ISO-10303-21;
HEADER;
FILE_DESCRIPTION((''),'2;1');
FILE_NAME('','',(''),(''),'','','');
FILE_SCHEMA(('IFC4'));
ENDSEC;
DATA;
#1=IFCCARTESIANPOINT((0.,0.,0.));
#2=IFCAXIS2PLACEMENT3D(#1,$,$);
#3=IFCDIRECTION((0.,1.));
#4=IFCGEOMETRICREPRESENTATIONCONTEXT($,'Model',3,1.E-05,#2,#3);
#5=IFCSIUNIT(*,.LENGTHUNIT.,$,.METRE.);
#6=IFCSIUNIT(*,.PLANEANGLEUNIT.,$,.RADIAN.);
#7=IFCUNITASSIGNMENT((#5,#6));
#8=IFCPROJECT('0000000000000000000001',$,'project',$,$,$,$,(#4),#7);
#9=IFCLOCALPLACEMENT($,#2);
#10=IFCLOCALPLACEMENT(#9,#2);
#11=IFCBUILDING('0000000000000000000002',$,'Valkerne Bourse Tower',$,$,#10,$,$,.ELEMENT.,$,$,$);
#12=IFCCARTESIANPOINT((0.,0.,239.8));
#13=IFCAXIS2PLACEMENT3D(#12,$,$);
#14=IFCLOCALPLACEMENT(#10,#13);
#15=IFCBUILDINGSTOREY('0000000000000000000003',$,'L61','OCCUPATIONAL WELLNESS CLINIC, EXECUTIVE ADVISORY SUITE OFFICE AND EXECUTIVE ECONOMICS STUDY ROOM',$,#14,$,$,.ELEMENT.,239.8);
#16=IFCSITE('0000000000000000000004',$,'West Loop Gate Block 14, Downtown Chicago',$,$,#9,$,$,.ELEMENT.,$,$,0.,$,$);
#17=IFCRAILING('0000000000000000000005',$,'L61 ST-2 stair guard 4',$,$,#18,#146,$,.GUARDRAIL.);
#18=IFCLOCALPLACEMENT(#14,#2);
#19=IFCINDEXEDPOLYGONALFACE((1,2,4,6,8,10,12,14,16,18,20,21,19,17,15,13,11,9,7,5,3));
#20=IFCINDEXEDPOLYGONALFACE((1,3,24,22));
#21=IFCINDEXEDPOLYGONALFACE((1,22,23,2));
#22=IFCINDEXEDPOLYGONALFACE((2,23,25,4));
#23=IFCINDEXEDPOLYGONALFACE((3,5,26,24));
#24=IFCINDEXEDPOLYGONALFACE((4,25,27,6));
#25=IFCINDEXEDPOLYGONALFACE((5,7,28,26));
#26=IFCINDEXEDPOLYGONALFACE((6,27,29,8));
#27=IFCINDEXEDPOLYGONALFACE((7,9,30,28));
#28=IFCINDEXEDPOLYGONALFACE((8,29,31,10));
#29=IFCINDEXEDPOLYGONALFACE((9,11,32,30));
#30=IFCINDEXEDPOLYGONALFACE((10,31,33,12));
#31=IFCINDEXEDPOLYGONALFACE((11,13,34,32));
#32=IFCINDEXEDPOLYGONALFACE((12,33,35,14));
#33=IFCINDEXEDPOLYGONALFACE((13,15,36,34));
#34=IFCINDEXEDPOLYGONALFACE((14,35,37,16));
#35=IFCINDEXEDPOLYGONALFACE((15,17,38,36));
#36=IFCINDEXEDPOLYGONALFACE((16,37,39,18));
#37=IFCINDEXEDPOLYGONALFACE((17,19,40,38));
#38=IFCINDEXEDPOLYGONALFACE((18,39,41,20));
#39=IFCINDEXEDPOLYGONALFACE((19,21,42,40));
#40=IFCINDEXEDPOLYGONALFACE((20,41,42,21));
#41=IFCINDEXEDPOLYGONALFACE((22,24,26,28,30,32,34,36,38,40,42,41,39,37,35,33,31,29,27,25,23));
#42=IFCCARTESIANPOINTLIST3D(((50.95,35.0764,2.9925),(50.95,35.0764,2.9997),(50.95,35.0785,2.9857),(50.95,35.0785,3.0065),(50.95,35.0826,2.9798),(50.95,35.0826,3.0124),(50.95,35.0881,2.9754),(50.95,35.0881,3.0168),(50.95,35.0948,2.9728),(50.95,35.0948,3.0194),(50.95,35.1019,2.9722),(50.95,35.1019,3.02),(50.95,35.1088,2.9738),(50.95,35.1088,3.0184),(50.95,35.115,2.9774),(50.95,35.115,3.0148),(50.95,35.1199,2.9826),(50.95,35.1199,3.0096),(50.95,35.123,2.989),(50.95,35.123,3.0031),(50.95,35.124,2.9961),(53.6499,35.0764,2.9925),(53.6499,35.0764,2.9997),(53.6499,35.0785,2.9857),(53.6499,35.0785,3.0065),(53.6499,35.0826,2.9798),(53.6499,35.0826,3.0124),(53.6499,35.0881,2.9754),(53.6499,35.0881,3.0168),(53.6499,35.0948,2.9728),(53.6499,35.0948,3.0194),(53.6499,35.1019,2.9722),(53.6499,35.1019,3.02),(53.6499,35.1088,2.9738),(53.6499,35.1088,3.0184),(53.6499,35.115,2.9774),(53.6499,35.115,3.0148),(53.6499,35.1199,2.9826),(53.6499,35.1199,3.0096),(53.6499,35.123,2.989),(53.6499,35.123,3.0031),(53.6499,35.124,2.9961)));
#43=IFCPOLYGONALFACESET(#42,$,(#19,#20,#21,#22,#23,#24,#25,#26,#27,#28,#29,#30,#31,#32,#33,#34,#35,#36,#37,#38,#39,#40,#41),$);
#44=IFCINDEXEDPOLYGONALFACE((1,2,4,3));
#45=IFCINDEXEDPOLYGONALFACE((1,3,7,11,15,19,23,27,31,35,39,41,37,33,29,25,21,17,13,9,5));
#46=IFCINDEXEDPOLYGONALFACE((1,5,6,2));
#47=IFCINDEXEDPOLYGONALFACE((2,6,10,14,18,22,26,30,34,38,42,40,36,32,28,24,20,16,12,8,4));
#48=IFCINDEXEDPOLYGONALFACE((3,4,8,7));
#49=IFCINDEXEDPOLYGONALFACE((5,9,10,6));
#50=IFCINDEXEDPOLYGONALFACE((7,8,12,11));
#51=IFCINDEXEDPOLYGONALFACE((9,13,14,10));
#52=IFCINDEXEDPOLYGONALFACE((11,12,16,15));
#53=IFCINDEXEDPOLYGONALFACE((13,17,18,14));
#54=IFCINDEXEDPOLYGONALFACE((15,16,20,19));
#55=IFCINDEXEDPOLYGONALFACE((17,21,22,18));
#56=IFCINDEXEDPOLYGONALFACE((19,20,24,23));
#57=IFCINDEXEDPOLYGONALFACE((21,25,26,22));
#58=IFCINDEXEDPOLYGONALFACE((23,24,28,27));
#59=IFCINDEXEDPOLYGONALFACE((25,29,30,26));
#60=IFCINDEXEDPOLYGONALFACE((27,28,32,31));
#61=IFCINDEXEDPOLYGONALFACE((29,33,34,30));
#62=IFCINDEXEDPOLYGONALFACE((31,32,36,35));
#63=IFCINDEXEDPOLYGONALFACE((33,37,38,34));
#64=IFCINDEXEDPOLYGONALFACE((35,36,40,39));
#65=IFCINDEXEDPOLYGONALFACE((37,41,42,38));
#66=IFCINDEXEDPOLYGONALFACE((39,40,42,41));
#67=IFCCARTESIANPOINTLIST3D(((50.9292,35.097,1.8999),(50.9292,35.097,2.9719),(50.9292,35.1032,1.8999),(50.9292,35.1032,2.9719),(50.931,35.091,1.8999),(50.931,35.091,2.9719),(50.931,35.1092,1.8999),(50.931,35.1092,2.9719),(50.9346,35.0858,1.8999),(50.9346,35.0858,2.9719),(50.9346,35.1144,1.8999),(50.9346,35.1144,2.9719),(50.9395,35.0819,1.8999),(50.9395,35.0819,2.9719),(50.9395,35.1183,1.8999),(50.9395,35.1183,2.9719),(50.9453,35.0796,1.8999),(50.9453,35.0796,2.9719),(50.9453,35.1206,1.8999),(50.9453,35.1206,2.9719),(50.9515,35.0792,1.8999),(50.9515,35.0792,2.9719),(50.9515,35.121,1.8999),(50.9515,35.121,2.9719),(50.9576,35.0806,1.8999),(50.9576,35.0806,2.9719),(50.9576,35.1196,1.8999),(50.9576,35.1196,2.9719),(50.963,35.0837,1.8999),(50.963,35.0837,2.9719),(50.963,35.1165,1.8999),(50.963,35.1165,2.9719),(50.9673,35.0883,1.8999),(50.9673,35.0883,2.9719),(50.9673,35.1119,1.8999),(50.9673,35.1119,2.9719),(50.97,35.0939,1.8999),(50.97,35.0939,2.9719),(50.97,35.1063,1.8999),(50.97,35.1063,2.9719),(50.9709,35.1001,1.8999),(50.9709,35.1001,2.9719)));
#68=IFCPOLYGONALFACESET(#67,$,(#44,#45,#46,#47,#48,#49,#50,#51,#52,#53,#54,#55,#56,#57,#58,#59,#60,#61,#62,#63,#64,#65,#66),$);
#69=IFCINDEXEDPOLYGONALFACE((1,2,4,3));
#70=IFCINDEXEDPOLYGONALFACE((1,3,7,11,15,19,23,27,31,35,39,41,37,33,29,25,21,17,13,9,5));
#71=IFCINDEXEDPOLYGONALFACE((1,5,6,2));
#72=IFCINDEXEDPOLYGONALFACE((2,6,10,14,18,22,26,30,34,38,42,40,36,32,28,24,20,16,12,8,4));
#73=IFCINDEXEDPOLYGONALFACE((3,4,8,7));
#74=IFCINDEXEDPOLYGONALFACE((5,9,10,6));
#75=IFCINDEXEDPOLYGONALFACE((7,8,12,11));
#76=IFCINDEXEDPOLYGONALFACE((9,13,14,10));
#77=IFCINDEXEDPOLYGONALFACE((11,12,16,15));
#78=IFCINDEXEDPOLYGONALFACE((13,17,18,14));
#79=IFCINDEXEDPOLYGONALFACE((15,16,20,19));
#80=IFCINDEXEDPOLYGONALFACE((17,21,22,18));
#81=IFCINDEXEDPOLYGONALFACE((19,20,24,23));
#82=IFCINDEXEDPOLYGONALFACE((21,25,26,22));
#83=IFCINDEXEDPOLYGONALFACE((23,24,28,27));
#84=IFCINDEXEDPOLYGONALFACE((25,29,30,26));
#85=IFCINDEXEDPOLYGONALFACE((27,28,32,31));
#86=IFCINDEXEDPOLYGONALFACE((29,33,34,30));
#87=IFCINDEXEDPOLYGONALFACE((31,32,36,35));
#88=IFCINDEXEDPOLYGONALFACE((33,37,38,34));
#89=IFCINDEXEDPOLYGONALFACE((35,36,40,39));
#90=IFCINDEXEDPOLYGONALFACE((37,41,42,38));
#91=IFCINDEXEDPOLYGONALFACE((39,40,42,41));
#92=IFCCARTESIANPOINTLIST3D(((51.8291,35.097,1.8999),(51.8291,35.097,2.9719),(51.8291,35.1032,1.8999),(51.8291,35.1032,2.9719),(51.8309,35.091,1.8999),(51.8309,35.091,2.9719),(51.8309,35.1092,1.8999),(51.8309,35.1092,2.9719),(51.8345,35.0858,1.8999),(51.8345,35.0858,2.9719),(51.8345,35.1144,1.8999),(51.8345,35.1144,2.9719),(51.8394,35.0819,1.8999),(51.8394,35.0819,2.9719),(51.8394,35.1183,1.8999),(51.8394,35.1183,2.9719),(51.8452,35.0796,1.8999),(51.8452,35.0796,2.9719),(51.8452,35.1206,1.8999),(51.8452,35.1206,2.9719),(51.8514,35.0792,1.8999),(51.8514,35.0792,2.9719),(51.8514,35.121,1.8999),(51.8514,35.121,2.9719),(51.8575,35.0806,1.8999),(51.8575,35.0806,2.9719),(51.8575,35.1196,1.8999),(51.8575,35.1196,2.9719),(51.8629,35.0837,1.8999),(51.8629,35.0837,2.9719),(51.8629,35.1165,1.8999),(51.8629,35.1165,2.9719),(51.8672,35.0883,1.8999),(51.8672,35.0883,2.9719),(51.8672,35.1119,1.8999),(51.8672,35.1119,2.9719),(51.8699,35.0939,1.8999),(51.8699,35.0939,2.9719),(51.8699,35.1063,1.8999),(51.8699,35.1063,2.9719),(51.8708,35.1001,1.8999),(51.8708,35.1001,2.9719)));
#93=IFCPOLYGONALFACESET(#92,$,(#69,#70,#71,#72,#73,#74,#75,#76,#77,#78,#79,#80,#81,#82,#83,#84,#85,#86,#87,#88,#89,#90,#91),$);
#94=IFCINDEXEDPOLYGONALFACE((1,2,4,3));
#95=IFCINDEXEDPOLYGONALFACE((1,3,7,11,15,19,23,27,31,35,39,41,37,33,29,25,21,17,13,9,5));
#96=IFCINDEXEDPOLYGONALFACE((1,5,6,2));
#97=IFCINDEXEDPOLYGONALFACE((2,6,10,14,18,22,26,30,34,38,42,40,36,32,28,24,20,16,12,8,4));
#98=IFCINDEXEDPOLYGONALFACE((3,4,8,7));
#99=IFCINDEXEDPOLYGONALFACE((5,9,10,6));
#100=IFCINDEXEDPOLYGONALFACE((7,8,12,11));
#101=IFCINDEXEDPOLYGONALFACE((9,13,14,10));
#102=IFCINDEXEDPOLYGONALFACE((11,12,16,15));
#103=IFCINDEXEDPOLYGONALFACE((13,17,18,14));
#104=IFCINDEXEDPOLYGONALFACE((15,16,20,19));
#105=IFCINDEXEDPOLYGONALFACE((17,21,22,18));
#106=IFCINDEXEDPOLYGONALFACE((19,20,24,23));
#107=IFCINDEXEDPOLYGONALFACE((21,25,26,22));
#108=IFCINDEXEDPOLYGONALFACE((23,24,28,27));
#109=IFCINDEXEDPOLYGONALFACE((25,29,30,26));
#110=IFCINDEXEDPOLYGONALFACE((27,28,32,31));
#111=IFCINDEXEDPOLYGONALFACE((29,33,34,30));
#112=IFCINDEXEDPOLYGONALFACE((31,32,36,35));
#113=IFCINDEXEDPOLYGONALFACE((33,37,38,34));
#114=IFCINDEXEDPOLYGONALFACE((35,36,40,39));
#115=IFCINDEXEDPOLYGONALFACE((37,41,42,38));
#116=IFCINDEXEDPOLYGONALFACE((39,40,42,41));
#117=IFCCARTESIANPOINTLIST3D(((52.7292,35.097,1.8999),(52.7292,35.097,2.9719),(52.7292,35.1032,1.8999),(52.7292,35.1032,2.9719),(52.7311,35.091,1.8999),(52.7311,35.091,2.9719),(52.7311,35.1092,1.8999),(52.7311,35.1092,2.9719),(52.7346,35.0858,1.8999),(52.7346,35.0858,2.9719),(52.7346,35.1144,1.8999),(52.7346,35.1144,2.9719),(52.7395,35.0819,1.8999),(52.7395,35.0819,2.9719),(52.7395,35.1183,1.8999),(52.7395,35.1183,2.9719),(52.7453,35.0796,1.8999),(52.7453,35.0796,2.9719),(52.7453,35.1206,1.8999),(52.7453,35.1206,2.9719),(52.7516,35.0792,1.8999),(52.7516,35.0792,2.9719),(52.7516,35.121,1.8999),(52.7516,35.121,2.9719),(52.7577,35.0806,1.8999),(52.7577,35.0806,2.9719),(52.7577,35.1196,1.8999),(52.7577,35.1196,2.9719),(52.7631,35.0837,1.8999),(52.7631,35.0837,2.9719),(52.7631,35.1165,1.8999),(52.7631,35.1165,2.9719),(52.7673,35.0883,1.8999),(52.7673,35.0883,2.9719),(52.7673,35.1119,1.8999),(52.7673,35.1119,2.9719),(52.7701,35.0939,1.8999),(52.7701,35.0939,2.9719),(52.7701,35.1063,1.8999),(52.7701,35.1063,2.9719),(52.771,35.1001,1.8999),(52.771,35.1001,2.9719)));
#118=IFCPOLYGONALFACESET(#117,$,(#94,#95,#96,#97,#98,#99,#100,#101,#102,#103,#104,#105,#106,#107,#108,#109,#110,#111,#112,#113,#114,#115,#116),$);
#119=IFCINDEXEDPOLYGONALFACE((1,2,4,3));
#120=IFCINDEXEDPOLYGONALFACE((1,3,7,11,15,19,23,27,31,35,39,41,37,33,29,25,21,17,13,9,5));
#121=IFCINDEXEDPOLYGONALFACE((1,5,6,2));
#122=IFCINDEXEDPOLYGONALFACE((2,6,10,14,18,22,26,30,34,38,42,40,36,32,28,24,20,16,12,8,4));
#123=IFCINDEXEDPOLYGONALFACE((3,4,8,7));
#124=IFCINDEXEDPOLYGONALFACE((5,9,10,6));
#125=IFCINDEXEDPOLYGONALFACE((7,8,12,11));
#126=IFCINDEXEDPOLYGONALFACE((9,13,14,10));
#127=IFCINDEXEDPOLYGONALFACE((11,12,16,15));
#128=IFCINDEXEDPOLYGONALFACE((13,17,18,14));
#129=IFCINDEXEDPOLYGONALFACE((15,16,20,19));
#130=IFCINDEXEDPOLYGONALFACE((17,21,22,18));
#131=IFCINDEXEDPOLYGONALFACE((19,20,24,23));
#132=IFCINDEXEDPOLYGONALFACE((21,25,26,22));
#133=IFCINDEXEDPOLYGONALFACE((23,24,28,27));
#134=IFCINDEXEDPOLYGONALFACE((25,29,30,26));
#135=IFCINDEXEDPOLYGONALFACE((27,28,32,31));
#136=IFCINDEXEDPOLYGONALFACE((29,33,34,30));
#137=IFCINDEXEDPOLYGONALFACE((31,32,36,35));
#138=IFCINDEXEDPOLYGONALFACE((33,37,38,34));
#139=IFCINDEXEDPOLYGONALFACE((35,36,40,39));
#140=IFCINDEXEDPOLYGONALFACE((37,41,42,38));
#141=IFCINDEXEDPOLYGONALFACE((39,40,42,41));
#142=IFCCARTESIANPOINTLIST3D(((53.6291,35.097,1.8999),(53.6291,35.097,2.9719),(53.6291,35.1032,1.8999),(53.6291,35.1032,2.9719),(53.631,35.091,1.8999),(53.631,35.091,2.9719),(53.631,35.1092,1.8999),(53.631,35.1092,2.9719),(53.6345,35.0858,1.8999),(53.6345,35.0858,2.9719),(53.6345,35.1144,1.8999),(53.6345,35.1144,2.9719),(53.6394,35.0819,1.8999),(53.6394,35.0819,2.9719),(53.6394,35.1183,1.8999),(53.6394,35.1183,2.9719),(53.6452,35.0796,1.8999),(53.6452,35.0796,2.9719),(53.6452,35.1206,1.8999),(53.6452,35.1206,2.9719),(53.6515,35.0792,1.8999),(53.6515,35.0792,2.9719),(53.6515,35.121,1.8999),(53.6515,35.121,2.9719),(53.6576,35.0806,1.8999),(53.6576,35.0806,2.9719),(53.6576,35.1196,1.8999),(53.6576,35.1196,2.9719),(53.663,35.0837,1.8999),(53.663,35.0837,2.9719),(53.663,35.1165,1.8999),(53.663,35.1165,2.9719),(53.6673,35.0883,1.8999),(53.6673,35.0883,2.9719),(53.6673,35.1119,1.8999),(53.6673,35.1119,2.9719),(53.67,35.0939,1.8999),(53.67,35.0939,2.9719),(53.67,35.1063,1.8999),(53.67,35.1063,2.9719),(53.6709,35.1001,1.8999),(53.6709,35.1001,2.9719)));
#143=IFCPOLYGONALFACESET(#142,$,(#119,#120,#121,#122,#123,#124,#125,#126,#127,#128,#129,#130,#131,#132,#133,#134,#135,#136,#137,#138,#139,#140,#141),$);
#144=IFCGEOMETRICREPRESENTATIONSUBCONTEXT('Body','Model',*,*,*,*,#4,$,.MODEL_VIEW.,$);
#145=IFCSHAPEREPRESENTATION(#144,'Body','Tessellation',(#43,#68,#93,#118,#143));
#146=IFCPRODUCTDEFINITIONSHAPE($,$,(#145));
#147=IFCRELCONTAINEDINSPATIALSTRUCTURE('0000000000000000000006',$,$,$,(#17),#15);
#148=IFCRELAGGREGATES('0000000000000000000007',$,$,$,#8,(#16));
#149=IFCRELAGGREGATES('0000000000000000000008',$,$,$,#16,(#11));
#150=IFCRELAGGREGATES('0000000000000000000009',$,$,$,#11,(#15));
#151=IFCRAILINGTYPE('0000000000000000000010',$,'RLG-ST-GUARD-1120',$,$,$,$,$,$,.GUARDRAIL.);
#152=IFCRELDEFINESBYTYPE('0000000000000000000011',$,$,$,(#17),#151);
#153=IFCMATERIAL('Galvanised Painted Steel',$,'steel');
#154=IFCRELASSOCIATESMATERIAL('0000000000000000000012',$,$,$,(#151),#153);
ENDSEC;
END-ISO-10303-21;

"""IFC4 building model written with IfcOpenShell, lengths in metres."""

from ifc_helpers import new_model, si_unit, direction, frame, origin, origin_2d, place, context, subcontext, project, spatial, circle, extrude, material, type_object, element, save


model = new_model("IFC4")

# Units and contexts
model_context = context("Model", 3, precision=1e-05, world=origin(), true_north=direction((0.0, 1.0)))
body_context = subcontext(model_context, "Body", "Model", "MODEL_VIEW")
ifc_project = project(units=[si_unit("LENGTHUNIT", "METRE"), si_unit("PLANEANGLEUNIT", "RADIAN")], contexts=[model_context])

# Site, building, storey
site_placement = place(None, origin())
site = spatial("IfcSite", under=ifc_project, at=site_placement, Name="West Loop Gate Block 14, Downtown Chicago", CompositionType="ELEMENT", RefElevation=0.0)
building_placement = place(site_placement, origin())
building = spatial("IfcBuilding", under=site, at=building_placement, Name="Valkerne Bourse Tower", CompositionType="ELEMENT")
storey_placement = place(building_placement, frame((0.0, 0.0, 239.8)))
storey = spatial("IfcBuildingStorey", under=building, at=storey_placement, Name="L61", Description="OCCUPATIONAL WELLNESS CLINIC, EXECUTIVE ADVISORY SUITE OFFICE AND EXECUTIVE ECONOMICS STUDY ROOM", CompositionType="ELEMENT", Elevation=239.8)

# Shared definitions
ifc_material_1 = material(Name="Galvanised Painted Steel", Category="steel")

# Railing
railing_type_1 = type_object("IfcRailingType", Name="RLG-ST-GUARD-1120", PredefinedType="GUARDRAIL", material=ifc_material_1)
for number, where, name in (
    (1, (50.95, 35.1001, 1.8999), "L61 ST-2 stair guard 4"),
):
    element("IfcRailing", number, at=place(storey_placement, frame(where)), inside=storey, type_object=railing_type_1, Name=name, PredefinedType="GUARDRAIL", context=body_context, shape_type="SweptSolid", body=[
        extrude(circle(Radius=0.0239, at=origin_2d()), frame((0.0, 0.0, 1.0962), z_axis=(1.0, 0.0, 0.0), x_axis=(0.0, 1.0, 0.0)), (0.0, 0.0, 1.0), 2.7),
        extrude(circle(Radius=0.021, at=origin_2d()), origin(), (0.0, 0.0, 1.0), 1.072),
        extrude(circle(Radius=0.021, at=origin_2d()), frame((0.8999, 0.0, 0.0)), (0.0, 0.0, 1.0), 1.072),
        extrude(circle(Radius=0.021, at=origin_2d()), frame((1.8, 0.0, 0.0)), (0.0, 0.0, 1.0), 1.072),
        extrude(circle(Radius=0.021, at=origin_2d()), frame((2.7, 0.0, 0.0)), (0.0, 0.0, 1.0), 1.072),
    ])

save(model, "model.ifc")
